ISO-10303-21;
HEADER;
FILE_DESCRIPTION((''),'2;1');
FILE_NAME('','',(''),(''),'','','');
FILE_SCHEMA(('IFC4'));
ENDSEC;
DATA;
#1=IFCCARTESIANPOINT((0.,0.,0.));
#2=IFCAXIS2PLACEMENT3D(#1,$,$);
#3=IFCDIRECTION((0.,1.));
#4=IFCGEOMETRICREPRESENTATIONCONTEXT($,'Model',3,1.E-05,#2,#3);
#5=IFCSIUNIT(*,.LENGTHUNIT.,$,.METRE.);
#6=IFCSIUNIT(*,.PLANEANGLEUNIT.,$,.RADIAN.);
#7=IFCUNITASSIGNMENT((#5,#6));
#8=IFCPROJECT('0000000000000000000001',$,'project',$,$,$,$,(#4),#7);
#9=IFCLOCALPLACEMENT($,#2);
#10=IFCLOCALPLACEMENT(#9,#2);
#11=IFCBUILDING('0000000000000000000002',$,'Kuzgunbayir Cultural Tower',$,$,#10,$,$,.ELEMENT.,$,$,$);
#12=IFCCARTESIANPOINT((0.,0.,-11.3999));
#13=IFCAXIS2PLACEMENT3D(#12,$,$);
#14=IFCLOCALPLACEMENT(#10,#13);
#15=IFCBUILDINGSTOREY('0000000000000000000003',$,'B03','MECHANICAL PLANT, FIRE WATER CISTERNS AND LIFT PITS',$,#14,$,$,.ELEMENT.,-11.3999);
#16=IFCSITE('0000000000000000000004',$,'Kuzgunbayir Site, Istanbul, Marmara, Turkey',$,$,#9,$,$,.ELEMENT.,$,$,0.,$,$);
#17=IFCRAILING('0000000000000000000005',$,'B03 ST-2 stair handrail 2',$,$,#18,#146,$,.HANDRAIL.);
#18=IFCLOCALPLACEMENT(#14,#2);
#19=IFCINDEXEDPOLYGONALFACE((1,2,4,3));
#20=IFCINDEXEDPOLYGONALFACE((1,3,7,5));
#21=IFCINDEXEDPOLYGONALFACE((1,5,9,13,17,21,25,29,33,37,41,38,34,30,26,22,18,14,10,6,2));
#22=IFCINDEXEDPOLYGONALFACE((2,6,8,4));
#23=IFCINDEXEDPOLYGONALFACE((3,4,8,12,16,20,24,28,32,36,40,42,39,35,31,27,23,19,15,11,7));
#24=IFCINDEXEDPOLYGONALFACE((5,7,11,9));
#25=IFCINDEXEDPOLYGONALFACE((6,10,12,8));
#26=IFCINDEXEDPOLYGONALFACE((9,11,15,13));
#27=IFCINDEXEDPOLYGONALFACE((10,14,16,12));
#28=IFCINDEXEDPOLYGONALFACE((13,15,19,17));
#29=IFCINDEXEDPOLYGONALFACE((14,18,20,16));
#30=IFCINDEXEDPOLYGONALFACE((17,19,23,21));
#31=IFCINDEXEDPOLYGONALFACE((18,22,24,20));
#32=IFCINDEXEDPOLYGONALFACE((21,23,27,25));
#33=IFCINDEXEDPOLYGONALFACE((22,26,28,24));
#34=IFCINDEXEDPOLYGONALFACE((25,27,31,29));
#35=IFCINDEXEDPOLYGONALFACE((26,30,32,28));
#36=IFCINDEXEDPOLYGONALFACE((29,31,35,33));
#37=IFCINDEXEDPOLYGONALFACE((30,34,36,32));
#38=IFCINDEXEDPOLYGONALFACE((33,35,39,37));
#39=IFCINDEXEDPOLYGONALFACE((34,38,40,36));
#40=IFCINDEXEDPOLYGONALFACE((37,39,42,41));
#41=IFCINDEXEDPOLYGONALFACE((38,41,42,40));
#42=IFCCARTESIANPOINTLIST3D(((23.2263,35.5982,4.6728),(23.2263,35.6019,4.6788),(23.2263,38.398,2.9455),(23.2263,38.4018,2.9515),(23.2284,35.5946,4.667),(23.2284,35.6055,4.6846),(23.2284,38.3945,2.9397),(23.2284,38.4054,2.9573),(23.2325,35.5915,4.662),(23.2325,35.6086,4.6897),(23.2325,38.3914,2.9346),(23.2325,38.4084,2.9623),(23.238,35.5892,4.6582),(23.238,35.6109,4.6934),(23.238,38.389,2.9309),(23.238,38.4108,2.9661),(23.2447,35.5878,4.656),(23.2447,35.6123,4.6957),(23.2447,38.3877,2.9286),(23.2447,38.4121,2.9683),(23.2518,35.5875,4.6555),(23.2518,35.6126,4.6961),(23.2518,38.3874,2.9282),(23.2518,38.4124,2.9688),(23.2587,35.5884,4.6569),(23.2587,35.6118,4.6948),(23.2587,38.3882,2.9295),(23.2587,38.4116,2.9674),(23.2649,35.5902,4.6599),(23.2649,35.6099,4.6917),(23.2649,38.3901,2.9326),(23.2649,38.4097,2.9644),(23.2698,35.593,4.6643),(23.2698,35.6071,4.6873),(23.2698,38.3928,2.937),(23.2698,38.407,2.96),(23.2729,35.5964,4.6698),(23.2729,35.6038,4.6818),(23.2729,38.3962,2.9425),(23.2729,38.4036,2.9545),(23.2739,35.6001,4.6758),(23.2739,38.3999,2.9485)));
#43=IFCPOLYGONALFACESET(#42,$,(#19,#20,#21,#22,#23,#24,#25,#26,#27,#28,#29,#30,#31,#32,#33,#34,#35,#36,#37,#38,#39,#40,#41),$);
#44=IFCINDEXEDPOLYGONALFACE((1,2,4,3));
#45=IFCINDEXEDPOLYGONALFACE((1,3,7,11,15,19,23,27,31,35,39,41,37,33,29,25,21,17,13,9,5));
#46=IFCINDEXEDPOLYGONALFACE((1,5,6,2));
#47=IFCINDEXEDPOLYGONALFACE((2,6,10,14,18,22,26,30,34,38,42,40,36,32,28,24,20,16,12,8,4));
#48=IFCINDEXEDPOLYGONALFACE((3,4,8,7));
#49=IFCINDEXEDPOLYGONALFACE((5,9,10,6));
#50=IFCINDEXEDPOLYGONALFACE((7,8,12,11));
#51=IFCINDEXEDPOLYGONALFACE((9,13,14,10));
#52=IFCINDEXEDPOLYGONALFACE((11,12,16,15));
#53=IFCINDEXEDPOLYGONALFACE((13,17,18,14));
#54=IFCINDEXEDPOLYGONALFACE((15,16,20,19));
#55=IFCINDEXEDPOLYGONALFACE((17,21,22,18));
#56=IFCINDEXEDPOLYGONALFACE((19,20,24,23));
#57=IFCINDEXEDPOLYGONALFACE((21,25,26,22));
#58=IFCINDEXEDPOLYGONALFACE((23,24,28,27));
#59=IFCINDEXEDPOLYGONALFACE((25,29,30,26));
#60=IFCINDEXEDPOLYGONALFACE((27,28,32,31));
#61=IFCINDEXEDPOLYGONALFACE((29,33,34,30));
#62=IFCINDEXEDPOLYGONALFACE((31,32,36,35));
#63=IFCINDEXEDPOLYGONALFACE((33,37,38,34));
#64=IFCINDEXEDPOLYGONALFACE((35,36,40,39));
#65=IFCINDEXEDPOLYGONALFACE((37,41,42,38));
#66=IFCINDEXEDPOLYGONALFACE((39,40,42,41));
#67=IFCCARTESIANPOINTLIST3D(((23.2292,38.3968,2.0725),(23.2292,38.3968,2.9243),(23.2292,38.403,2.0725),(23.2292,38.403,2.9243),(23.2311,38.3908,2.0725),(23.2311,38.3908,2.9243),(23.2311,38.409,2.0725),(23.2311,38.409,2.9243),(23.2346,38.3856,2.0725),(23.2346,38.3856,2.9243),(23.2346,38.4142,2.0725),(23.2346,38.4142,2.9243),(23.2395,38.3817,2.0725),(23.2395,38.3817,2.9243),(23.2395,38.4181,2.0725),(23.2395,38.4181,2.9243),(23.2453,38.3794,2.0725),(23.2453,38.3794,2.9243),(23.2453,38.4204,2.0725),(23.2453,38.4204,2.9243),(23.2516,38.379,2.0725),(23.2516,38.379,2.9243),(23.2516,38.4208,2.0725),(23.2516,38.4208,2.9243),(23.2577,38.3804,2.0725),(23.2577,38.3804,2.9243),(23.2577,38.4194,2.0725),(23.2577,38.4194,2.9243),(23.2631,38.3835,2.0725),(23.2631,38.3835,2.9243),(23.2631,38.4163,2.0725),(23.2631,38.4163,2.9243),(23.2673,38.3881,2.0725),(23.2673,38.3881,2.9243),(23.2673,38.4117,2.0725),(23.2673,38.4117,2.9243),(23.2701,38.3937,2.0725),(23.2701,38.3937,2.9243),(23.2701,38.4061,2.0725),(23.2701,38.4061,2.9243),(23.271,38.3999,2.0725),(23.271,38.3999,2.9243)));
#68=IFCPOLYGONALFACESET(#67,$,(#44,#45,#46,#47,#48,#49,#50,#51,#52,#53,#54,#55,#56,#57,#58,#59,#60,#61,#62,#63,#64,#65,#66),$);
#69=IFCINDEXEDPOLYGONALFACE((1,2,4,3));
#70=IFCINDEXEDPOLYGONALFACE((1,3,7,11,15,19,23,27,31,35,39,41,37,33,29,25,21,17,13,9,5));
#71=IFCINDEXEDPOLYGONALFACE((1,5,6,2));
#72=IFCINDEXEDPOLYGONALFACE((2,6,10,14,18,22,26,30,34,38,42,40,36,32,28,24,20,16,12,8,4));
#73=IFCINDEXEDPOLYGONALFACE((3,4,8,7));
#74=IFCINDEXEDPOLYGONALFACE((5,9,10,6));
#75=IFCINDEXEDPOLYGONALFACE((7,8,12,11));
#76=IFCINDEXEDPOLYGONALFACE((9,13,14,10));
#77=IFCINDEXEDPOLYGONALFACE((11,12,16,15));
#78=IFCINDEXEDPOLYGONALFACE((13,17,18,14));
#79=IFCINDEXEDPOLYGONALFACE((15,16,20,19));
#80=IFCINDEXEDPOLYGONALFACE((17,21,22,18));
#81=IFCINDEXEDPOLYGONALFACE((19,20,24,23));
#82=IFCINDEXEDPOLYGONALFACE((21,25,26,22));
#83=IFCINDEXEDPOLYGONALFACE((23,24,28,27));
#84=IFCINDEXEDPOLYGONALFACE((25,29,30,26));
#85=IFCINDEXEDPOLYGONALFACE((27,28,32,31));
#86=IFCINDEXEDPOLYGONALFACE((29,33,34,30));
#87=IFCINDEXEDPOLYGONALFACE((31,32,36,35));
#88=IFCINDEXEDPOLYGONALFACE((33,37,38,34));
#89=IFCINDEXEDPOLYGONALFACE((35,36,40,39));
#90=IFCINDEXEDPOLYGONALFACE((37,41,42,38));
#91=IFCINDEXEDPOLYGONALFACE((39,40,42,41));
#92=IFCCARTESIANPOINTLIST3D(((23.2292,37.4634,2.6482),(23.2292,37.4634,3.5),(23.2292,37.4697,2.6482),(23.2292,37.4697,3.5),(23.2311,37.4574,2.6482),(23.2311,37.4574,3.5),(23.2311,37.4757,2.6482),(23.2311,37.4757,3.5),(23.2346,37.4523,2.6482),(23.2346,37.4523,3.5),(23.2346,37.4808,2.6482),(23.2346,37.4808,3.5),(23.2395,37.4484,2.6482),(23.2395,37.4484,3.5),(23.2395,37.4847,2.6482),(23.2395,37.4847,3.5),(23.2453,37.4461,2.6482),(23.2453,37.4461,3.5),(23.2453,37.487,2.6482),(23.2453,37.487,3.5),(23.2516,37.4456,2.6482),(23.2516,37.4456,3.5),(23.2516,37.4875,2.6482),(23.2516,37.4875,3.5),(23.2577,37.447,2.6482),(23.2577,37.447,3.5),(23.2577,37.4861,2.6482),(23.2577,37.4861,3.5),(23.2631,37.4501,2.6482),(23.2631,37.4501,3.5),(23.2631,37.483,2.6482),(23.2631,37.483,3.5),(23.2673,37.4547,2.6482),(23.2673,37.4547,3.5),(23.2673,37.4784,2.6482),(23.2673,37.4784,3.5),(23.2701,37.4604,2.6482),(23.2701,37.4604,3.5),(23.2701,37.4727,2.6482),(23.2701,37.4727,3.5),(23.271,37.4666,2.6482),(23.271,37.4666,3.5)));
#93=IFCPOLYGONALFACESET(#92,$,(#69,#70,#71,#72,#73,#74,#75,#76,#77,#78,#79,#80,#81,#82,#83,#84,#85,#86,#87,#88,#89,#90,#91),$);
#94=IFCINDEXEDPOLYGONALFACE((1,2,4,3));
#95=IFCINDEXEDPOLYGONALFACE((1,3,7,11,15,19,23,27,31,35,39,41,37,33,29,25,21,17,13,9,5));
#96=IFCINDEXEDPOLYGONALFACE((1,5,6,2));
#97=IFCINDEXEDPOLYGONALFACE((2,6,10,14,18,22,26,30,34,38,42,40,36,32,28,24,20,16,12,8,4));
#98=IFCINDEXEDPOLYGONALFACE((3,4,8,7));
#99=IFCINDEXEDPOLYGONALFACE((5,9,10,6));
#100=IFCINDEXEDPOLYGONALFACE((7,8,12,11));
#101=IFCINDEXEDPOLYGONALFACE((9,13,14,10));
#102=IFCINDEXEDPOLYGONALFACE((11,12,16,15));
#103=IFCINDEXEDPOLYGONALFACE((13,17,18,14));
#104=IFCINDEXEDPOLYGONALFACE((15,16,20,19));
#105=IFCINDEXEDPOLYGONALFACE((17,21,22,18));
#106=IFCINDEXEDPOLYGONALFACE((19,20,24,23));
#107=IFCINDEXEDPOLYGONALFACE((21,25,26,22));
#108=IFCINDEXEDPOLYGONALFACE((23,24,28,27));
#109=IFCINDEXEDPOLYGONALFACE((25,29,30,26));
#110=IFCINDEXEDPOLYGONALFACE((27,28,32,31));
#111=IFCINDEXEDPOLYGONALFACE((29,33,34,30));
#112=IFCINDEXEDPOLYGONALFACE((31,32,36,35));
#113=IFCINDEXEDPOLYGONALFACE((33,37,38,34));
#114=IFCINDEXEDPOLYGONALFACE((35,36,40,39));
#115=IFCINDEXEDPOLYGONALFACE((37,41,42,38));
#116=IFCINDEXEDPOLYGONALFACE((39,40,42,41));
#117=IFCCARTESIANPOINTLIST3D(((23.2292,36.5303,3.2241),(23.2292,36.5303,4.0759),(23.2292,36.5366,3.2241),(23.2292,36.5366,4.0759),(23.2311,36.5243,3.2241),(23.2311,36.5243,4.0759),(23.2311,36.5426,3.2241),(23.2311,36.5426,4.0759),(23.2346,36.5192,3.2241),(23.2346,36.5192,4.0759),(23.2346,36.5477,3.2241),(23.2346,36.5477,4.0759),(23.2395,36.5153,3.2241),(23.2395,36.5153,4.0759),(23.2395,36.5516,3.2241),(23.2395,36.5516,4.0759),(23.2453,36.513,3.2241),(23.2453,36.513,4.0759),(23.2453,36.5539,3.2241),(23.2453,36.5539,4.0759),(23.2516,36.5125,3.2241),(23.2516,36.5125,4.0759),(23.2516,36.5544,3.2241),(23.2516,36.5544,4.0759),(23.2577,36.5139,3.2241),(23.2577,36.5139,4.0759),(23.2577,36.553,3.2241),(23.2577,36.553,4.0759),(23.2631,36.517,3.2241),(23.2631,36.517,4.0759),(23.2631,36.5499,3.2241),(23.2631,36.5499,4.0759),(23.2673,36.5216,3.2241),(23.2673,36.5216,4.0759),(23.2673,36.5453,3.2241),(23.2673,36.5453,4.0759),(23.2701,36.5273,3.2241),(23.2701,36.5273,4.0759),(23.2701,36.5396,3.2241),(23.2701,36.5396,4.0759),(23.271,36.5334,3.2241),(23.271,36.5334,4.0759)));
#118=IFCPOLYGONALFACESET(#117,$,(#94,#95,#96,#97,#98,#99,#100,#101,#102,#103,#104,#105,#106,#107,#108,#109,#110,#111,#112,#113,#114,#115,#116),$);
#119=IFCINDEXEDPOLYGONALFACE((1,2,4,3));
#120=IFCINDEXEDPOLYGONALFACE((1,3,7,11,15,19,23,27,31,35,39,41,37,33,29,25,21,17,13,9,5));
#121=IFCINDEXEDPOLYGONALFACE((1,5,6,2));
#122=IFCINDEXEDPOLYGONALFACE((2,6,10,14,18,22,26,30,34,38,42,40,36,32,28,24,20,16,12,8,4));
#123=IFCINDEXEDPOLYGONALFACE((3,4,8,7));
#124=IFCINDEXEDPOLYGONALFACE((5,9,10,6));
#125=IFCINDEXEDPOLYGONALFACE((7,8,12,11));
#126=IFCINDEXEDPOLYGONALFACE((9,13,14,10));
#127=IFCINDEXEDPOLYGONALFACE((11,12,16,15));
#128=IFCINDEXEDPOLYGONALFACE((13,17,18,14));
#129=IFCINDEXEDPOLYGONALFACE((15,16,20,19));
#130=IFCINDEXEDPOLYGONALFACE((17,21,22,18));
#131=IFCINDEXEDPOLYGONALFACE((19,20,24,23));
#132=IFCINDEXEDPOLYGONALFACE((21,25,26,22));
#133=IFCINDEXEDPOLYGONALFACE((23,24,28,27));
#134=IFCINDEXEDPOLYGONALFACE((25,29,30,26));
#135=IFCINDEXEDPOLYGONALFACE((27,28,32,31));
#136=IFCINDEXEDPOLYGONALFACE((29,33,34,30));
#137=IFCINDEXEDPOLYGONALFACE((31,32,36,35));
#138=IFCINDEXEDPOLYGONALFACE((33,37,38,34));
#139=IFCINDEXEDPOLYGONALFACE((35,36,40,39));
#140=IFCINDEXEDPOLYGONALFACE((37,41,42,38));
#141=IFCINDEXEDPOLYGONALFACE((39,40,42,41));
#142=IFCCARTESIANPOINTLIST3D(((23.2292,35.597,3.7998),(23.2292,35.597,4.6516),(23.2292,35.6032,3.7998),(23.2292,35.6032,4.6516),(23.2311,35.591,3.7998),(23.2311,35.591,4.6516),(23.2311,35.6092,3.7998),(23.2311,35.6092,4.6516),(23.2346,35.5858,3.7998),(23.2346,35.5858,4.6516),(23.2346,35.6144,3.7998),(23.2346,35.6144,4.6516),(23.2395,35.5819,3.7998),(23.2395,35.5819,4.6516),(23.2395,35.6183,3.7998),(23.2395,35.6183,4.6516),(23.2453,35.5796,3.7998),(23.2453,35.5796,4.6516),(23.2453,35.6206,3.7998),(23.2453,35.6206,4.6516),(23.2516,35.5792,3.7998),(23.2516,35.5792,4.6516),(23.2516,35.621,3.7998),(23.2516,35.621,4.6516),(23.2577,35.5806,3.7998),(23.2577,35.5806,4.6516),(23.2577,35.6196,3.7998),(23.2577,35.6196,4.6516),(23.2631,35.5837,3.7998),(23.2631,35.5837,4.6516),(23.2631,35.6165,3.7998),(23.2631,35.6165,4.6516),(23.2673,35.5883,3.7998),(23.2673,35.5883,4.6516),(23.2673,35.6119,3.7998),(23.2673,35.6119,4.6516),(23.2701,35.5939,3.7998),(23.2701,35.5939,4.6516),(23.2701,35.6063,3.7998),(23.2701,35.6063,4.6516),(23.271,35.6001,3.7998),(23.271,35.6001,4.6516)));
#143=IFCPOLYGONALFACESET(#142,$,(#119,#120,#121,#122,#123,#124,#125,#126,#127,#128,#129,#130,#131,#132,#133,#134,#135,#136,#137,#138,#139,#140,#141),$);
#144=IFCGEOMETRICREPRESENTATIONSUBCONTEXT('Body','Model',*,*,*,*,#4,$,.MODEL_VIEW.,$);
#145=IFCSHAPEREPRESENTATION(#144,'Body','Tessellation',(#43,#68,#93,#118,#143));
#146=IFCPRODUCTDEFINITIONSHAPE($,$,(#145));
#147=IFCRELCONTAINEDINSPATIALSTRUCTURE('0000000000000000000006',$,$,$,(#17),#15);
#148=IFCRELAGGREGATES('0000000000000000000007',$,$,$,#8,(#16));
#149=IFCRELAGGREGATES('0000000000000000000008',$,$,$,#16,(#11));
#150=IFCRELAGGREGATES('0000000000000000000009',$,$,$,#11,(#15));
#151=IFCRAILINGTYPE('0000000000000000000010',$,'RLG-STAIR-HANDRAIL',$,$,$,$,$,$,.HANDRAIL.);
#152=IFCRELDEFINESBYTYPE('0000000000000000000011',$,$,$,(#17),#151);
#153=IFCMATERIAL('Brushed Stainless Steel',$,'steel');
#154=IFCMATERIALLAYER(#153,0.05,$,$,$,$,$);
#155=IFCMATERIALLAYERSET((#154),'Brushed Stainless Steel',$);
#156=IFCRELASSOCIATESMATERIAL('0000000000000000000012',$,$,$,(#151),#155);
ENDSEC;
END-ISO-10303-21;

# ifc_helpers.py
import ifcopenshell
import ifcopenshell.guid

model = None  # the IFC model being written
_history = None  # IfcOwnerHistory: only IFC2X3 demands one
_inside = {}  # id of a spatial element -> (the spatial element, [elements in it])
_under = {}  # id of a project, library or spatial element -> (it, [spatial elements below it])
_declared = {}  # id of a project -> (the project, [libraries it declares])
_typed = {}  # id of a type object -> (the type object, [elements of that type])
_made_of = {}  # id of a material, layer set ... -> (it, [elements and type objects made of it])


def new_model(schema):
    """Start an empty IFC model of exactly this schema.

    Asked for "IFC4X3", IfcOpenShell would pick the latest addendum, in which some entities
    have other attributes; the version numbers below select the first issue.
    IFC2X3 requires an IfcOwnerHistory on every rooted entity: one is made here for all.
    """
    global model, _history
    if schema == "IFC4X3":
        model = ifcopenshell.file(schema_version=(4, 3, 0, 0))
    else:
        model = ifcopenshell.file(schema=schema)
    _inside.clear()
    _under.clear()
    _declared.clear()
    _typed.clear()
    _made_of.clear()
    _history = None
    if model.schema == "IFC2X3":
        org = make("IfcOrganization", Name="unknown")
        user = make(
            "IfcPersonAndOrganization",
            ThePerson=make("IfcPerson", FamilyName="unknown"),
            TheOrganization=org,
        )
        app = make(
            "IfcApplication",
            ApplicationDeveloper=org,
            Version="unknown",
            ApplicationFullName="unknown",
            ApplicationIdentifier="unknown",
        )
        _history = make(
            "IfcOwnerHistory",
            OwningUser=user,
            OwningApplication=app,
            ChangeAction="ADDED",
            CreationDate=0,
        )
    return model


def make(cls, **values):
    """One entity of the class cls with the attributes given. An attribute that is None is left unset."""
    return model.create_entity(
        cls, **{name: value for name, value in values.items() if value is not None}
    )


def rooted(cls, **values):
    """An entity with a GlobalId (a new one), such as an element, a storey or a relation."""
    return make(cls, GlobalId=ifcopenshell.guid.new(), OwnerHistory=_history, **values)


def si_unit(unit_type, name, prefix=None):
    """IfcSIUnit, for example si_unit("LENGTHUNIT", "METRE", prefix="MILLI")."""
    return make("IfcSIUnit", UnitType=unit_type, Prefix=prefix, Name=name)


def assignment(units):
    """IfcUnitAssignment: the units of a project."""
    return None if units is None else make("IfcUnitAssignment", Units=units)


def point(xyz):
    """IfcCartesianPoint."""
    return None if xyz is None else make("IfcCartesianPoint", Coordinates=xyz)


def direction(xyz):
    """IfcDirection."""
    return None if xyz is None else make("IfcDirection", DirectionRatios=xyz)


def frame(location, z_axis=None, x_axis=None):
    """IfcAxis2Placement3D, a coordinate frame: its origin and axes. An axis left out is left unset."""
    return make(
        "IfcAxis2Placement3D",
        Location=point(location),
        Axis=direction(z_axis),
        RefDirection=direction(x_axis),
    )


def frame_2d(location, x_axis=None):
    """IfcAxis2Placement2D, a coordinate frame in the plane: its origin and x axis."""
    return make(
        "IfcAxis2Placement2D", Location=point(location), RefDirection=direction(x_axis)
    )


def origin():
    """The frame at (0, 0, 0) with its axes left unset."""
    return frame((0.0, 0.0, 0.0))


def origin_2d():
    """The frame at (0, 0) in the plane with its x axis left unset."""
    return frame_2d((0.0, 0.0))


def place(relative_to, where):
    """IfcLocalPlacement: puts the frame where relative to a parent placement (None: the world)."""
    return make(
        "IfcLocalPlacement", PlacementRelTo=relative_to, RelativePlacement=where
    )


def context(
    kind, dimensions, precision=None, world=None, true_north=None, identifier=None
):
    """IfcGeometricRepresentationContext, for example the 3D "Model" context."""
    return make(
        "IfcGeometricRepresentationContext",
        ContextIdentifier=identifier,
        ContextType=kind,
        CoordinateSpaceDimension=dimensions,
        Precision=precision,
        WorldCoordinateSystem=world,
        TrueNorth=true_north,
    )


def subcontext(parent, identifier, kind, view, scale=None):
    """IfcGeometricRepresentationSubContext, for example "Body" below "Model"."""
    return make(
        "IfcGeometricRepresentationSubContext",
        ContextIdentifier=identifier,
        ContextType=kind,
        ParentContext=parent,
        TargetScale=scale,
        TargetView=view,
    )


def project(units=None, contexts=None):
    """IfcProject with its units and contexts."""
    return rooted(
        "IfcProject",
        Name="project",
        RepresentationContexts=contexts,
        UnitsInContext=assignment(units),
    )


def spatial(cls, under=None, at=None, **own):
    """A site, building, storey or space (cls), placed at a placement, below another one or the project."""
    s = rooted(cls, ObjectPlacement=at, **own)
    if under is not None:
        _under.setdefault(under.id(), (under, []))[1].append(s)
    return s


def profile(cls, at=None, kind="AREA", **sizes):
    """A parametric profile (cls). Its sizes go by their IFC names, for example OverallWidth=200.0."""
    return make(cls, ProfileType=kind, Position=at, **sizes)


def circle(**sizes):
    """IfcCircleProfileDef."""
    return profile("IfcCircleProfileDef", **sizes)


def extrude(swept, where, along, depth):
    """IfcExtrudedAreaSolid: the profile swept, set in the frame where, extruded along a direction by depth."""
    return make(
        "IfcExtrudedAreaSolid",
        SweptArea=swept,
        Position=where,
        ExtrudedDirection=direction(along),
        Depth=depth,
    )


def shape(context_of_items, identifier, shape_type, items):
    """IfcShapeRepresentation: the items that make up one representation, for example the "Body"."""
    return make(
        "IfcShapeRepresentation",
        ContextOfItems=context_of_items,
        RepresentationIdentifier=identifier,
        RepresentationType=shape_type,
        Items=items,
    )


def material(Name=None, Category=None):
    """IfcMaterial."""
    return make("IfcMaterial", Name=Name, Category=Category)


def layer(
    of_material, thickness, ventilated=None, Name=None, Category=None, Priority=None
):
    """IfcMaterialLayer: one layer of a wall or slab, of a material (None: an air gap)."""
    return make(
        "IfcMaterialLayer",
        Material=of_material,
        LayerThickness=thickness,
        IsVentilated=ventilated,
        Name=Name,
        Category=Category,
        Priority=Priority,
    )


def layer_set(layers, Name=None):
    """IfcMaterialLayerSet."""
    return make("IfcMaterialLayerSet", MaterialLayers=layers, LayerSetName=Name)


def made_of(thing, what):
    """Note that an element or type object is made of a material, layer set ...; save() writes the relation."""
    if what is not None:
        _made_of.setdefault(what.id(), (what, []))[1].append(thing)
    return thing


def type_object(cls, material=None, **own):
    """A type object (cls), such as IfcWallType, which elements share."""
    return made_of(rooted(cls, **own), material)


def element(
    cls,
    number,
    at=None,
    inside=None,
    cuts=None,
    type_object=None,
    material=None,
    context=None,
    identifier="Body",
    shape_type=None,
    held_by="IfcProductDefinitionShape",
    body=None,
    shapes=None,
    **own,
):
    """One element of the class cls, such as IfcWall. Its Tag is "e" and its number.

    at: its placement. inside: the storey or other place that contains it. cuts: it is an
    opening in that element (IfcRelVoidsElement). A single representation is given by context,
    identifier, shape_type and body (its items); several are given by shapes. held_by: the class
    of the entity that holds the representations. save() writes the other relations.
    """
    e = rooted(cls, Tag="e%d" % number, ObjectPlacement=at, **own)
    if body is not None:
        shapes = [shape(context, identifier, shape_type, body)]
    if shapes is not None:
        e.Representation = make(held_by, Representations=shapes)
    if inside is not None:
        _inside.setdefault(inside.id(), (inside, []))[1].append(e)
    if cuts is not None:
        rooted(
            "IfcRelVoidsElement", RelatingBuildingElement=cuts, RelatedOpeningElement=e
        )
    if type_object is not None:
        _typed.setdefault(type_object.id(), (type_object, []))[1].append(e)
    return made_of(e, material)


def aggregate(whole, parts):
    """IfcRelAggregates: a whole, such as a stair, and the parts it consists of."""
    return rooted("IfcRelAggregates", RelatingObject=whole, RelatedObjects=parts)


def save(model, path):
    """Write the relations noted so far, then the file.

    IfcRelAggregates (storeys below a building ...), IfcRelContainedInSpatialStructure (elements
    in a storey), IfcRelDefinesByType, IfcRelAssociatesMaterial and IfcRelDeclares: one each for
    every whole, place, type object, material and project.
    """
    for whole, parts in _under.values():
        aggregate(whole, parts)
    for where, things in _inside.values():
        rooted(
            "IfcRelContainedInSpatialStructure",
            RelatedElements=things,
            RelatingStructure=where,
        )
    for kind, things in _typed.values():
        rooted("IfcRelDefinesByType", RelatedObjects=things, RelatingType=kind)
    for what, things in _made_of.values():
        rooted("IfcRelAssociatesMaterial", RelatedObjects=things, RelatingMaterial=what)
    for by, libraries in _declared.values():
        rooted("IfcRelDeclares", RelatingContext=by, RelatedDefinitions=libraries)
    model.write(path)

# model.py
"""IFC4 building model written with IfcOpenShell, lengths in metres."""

from ifc_helpers import new_model, si_unit, direction, frame, origin, origin_2d, place, context, subcontext, project, spatial, circle, extrude, material, layer, layer_set, type_object, element, save


model = new_model("IFC4")

# Units and contexts
model_context = context("Model", 3, precision=1e-05, world=origin(), true_north=direction((0.0, 1.0)))
body_context = subcontext(model_context, "Body", "Model", "MODEL_VIEW")
ifc_project = project(units=[si_unit("LENGTHUNIT", "METRE"), si_unit("PLANEANGLEUNIT", "RADIAN")], contexts=[model_context])

# Site, building, storey
site_placement = place(None, origin())
site = spatial("IfcSite", under=ifc_project, at=site_placement, Name="Kuzgunbayir Site, Istanbul, Marmara, Turkey", CompositionType="ELEMENT", RefElevation=0.0)
building_placement = place(site_placement, origin())
building = spatial("IfcBuilding", under=site, at=building_placement, Name="Kuzgunbayir Cultural Tower", CompositionType="ELEMENT")
storey_placement = place(building_placement, frame((0.0, 0.0, -11.3999)))
storey = spatial("IfcBuildingStorey", under=building, at=storey_placement, Name="B03", Description="MECHANICAL PLANT, FIRE WATER CISTERNS AND LIFT PITS", CompositionType="ELEMENT", Elevation=-11.3999)

# Shared definitions
ifc_material_1 = material(Name="Brushed Stainless Steel", Category="steel")

# Railing
ifc_layer_1 = layer(ifc_material_1, 0.05)
ifc_layer_set_1 = layer_set([ifc_layer_1], Name="Brushed Stainless Steel")
railing_type_1 = type_object("IfcRailingType", Name="RLG-STAIR-HANDRAIL", PredefinedType="HANDRAIL", material=ifc_layer_set_1)
railing_1_placement = place(storey_placement, frame((23.25, 38.3999, 2.0725)))
element("IfcRailing", 1, at=railing_1_placement, inside=storey, type_object=railing_type_1, Name="B03 ST-2 stair handrail 2", PredefinedType="HANDRAIL", context=body_context, shape_type="SweptSolid", body=[
    extrude(circle(Radius=0.0239, at=origin_2d()), frame((0.0, 0.0, 0.876), z_axis=(0.0, -0.851069, 0.525054), x_axis=(1.0, 0.0, 0.0)), (0.0, 0.0, 1.0), 3.2898),
    extrude(circle(Radius=0.021, at=origin_2d()), origin(), (0.0, 0.0, 1.0), 0.8518),
    extrude(circle(Radius=0.021, at=origin_2d()), frame((0.0, -0.9333, 0.5757)), (0.0, 0.0, 1.0), 0.8518),
    extrude(circle(Radius=0.021, at=origin_2d()), frame((0.0, -1.8665, 1.1516)), (0.0, 0.0, 1.0), 0.8518),
    extrude(circle(Radius=0.021, at=origin_2d()), frame((0.0, -2.7998, 1.7273)), (0.0, 0.0, 1.0), 0.8518),
])

save(model, "model.ifc")
